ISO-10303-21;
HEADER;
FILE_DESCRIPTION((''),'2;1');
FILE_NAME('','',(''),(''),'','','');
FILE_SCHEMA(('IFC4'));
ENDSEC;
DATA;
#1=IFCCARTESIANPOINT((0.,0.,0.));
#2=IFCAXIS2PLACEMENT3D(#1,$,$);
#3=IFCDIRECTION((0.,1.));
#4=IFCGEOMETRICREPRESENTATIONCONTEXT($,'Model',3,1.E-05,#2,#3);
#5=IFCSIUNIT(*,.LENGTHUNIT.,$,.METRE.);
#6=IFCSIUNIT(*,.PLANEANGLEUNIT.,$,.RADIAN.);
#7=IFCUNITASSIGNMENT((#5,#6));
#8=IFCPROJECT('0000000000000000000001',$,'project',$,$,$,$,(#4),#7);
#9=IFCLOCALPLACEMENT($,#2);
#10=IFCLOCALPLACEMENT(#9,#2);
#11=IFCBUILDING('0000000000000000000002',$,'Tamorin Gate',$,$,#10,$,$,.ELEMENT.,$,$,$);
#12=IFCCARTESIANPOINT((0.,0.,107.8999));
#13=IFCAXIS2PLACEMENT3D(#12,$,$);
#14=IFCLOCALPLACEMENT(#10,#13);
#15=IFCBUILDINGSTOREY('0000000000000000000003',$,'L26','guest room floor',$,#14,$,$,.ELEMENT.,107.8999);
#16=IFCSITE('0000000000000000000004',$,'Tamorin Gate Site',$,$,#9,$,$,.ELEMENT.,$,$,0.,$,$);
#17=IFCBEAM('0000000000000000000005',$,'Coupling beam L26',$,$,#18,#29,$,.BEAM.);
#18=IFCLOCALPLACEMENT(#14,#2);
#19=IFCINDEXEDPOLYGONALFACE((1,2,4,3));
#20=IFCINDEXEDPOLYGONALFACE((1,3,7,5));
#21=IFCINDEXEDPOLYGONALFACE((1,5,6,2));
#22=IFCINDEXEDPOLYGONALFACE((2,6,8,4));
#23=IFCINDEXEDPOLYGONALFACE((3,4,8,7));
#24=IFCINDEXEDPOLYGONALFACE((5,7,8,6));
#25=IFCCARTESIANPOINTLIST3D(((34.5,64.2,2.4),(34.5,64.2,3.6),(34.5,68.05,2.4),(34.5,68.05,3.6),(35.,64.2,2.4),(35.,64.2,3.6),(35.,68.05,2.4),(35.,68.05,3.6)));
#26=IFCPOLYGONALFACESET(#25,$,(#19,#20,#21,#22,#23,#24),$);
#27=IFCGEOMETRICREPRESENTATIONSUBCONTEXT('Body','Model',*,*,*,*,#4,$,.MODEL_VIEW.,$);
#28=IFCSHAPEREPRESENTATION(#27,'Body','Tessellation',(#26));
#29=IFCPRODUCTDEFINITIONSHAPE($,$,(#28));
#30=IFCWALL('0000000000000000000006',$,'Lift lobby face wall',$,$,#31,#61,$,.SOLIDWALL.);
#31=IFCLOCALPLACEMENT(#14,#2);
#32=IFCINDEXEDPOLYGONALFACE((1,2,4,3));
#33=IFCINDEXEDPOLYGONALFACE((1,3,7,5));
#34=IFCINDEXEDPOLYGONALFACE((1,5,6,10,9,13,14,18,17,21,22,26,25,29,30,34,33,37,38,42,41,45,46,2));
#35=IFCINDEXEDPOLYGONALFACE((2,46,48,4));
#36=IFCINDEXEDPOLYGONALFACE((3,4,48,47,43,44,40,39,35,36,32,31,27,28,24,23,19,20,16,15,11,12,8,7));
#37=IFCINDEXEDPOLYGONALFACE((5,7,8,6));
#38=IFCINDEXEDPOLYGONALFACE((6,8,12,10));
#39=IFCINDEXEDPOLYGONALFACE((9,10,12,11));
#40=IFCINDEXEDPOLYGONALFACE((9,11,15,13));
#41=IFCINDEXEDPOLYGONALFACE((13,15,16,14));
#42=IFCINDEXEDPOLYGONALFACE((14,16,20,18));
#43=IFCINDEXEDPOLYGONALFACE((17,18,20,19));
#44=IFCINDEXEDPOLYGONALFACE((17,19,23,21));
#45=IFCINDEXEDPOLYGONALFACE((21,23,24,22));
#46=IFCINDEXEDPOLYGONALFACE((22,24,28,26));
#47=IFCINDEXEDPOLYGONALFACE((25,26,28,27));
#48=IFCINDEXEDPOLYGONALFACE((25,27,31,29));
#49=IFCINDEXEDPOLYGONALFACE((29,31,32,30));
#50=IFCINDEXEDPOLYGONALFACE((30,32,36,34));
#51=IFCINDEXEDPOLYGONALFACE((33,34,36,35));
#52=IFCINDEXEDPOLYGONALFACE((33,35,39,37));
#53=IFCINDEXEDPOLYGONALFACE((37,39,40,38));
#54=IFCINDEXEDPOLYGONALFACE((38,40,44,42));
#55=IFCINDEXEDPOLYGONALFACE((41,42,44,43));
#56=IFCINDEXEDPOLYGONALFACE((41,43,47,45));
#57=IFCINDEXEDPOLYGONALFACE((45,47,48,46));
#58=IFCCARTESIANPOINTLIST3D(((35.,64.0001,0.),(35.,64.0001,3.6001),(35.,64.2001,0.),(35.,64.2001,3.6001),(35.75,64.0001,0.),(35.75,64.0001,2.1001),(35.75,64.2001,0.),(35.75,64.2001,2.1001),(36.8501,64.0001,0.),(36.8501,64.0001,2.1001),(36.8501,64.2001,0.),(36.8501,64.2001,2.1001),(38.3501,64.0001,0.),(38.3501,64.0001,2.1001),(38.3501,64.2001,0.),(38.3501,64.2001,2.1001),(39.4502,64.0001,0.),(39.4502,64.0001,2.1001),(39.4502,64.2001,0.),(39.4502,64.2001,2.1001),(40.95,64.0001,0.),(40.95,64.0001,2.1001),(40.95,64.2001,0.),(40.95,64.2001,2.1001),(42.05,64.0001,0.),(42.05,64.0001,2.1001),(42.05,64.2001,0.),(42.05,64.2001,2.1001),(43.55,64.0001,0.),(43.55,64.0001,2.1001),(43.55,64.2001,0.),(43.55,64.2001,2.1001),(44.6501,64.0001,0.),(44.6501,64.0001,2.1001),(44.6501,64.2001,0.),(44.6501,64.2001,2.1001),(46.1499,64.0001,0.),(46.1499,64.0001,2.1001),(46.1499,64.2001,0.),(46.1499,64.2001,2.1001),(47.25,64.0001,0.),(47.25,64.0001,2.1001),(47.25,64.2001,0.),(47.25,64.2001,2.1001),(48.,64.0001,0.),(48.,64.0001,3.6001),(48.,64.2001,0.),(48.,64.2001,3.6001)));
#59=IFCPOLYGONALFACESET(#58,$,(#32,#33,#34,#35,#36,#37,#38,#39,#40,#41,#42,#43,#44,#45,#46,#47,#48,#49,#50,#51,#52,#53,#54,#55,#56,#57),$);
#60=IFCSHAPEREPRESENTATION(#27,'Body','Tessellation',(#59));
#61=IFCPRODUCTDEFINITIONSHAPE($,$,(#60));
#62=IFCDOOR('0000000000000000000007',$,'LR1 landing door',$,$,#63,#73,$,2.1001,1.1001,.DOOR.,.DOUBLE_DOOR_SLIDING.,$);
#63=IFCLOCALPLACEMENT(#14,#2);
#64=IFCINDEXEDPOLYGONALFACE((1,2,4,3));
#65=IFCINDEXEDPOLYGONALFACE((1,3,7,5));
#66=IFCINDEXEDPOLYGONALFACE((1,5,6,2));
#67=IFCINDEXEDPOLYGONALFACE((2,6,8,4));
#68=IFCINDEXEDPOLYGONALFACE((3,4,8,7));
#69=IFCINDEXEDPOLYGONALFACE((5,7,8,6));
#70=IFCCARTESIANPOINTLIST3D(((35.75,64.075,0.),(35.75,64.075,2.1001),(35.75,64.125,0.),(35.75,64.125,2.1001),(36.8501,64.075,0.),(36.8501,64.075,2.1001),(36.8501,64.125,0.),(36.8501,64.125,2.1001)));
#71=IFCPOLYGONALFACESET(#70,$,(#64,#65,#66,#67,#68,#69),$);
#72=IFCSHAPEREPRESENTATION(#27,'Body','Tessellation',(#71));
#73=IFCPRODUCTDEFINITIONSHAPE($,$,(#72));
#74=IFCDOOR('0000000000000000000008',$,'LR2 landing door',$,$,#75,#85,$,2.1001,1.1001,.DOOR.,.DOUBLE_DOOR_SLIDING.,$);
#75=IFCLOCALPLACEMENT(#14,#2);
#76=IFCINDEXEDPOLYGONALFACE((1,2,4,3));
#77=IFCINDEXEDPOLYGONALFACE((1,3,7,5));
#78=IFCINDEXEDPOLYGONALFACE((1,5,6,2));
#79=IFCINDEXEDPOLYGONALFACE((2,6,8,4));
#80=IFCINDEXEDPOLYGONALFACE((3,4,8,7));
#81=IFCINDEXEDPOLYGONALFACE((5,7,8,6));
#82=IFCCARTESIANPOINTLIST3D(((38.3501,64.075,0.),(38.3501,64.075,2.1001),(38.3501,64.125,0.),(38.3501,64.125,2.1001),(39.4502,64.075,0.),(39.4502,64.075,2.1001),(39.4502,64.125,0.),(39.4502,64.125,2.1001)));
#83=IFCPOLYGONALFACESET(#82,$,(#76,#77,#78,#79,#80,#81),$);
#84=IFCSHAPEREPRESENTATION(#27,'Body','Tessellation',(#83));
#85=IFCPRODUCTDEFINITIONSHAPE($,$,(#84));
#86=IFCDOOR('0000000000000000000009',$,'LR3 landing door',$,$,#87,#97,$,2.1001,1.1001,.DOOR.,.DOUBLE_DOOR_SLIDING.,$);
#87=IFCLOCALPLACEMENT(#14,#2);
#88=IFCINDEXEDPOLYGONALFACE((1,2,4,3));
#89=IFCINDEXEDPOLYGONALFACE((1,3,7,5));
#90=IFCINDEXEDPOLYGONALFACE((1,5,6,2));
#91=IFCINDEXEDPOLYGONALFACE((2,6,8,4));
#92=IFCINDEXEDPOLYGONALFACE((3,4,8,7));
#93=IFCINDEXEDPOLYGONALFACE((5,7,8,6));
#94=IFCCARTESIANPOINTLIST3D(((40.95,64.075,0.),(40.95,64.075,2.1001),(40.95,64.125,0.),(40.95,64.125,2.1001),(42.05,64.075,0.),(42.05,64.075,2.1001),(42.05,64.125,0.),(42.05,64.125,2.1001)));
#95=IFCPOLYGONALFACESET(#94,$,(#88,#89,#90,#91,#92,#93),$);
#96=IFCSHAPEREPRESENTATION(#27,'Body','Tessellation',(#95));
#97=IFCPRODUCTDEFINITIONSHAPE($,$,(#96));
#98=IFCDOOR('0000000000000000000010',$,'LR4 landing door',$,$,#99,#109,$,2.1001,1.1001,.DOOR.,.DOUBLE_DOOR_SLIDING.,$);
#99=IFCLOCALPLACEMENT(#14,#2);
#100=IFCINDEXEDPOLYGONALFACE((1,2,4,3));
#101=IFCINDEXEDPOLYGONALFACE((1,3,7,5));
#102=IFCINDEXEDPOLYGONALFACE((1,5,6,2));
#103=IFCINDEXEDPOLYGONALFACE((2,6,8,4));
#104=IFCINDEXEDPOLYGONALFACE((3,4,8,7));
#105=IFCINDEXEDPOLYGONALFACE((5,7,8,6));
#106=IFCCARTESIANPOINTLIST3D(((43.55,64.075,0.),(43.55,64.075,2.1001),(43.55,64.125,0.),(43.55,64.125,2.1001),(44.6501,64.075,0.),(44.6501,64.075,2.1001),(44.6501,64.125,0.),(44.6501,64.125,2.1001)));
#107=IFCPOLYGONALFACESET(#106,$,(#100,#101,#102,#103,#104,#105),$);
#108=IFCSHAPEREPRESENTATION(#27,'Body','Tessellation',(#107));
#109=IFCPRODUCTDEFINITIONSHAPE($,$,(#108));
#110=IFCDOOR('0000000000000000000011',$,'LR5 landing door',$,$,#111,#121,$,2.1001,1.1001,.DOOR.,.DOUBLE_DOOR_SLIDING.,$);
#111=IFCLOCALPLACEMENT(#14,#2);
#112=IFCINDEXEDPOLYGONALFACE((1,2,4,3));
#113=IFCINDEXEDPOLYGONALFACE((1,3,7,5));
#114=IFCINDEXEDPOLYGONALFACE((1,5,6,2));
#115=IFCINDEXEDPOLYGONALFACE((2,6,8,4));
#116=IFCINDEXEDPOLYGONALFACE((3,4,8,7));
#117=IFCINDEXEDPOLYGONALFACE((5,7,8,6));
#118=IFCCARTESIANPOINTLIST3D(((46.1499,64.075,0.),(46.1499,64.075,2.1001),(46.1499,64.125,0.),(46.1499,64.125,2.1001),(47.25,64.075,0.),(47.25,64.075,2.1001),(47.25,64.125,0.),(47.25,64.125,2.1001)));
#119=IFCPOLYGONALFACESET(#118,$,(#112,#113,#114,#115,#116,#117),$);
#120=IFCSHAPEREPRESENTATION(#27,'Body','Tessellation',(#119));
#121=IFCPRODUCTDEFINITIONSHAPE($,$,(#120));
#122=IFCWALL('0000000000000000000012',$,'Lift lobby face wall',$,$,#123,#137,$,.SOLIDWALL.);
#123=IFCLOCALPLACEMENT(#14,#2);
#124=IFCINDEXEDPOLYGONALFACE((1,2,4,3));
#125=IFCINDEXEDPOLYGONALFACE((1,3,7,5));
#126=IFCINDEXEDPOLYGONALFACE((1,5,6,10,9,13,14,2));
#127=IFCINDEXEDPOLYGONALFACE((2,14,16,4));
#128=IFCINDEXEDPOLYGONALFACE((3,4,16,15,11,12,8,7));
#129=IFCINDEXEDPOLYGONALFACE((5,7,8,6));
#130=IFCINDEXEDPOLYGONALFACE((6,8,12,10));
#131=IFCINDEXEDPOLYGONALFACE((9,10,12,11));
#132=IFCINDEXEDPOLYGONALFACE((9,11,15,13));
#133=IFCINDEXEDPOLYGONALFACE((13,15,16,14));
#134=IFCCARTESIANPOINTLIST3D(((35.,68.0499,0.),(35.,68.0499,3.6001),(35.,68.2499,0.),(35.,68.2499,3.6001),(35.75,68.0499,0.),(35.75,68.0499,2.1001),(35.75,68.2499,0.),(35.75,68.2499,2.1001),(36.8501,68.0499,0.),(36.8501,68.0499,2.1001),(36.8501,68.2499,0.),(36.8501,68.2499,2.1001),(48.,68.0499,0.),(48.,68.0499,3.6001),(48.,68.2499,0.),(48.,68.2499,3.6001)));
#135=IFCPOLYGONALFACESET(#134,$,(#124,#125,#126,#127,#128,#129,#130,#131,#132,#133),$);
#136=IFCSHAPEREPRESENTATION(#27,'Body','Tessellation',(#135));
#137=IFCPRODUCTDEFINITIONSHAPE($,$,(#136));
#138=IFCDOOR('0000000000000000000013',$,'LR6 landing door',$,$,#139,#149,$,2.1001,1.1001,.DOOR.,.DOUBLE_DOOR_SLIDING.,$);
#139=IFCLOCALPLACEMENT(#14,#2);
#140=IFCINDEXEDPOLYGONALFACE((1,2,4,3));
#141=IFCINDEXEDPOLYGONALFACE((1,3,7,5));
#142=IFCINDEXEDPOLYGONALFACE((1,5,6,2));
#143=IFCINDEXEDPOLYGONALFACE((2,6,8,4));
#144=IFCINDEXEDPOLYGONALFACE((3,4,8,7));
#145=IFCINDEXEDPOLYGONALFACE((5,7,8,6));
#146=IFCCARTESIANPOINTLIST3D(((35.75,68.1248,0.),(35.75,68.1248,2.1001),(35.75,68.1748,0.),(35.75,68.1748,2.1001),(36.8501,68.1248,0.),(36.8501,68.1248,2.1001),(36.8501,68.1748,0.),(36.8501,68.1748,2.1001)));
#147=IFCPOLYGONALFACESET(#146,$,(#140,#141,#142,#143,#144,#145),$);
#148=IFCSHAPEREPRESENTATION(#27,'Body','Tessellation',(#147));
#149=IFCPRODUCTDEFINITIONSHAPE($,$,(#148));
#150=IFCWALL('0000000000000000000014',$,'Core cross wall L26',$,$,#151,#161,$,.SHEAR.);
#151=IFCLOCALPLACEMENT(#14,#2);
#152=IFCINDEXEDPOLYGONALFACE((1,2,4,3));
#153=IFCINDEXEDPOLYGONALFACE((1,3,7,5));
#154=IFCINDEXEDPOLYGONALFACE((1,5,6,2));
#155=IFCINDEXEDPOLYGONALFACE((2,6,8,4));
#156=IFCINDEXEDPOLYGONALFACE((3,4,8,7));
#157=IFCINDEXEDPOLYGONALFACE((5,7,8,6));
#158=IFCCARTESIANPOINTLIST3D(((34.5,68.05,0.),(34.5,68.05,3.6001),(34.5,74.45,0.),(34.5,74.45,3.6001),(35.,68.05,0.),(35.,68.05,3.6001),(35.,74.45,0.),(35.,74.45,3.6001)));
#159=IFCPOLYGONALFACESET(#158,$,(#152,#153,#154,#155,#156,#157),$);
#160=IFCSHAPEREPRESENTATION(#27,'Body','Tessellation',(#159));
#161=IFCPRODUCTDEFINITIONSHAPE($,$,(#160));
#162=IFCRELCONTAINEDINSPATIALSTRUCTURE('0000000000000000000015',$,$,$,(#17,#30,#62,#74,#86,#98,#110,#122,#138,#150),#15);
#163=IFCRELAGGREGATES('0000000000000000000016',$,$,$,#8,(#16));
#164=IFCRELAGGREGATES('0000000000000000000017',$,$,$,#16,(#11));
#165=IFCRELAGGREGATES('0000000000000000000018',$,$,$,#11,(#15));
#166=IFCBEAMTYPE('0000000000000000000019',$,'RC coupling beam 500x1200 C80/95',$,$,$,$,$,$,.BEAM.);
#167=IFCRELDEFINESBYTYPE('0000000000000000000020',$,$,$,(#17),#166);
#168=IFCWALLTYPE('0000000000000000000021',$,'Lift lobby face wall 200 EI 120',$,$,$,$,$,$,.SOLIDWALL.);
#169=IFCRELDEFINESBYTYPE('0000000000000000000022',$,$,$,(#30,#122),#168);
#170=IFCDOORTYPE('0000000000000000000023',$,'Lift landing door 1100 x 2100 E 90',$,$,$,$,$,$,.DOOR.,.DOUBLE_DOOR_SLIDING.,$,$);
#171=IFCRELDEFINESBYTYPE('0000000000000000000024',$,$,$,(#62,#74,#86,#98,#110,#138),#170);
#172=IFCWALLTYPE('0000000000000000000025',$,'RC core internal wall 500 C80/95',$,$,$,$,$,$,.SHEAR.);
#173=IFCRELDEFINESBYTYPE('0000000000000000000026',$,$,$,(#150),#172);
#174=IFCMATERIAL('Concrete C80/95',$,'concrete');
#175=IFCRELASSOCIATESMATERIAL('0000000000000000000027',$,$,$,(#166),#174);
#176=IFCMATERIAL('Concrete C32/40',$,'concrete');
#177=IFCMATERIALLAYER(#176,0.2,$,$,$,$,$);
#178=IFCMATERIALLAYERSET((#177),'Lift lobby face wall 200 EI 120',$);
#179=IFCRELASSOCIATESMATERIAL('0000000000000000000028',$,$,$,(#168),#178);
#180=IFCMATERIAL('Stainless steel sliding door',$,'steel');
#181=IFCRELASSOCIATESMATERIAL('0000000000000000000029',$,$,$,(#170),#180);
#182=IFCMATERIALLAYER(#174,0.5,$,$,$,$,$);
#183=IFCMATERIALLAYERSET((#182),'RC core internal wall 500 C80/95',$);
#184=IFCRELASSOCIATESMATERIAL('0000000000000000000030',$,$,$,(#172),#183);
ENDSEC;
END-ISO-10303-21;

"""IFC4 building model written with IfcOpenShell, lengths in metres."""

from ifc_helpers import new_model, si_unit, direction, frame, frame_2d, origin, origin_2d, place, context, subcontext, project, spatial, rectangle, extrude, material, layer, layer_set, material_profile, profile_set, type_object, element, fill, save


model = new_model("IFC4")

# Units and contexts
model_context = context("Model", 3, precision=1e-05, world=origin(), true_north=direction((0.0, 1.0)))
body_context = subcontext(model_context, "Body", "Model", "MODEL_VIEW")
ifc_project = project(units=[si_unit("LENGTHUNIT", "METRE"), si_unit("PLANEANGLEUNIT", "RADIAN")], contexts=[model_context])

# Site, building, storey
site_placement = place(None, origin())
site = spatial("IfcSite", under=ifc_project, at=site_placement, Name="Tamorin Gate Site", CompositionType="ELEMENT", RefElevation=0.0)
building_placement = place(site_placement, origin())
building = spatial("IfcBuilding", under=site, at=building_placement, Name="Tamorin Gate", CompositionType="ELEMENT")
storey_placement = place(building_placement, frame((0.0, 0.0, 107.8999)))
storey = spatial("IfcBuildingStorey", under=building, at=storey_placement, Name="L26", Description="guest room floor", CompositionType="ELEMENT", Elevation=107.8999)

# Beam
ifc_material_1 = material(Name="Concrete C80/95", Category="concrete")
ifc_material_profile = material_profile(ifc_material_1, rectangle(XDim=0.5, YDim=1.2, at=origin_2d()), Name="RC 500x1200")
ifc_profile_set = profile_set([ifc_material_profile], Name="Concrete C80/95")
beam_type = type_object("IfcBeamType", Name="RC coupling beam 500x1200 C80/95", PredefinedType="BEAM", material=ifc_profile_set)
beam_placement = place(storey_placement, frame((34.75, 64.2, 3.0), z_axis=(0.0, 1.0, 0.0), x_axis=(-1.0, 0.0, 0.0)))
element("IfcBeam", 1, at=beam_placement, inside=storey, type_object=beam_type, Name="Coupling beam L26", PredefinedType="BEAM", context=body_context, shape_type="SweptSolid", body=[
    extrude(rectangle(XDim=0.5, YDim=1.2, at=origin_2d()), origin(), (0.0, 0.0, 1.0), 3.8501),
])

# Wall, openings, doors
ifc_material_2 = material(Name="Concrete C32/40", Category="concrete")
ifc_layer_1 = layer(ifc_material_2, 0.2)
ifc_layer_set_1 = layer_set([ifc_layer_1], Name="Lift lobby face wall 200 EI 120")
wall_type_1 = type_object("IfcWallType", Name="Lift lobby face wall 200 EI 120", PredefinedType="SOLIDWALL", material=ifc_layer_set_1)
wall_1_placement = place(storey_placement, frame((35.0, 64.1001, 0.0), z_axis=(0.0, 0.0, 1.0), x_axis=(1.0, 0.0, 0.0)))
wall_1 = element("IfcWall", 2, at=wall_1_placement, inside=storey, type_object=wall_type_1, Name="Lift lobby face wall", PredefinedType="SOLIDWALL", context=body_context, shape_type="SweptSolid", body=[
    extrude(rectangle(XDim=13.0, YDim=0.2, at=frame_2d((6.5, 0.0))), origin(), (0.0, 0.0, 1.0), 3.6001),
])
opening_1_placement = place(wall_1_placement, frame((0.75, 0.0, 0.0)))
opening_1 = element("IfcOpeningElement", 3, at=opening_1_placement, cuts=wall_1, PredefinedType="OPENING", context=body_context, shape_type="SweptSolid", body=[
    extrude(rectangle(XDim=1.1001, YDim=2.1001, at=frame_2d((0.55, 1.05))), frame((0.0, 0.1099, 0.0), z_axis=(0.0, -1.0, 0.0), x_axis=(1.0, 0.0, 0.0)), (0.0, 0.0, 1.0), 0.22),
])
opening_2_placement = place(wall_1_placement, frame((3.3501, 0.0, 0.0)))
opening_2 = element("IfcOpeningElement", 4, at=opening_2_placement, cuts=wall_1, PredefinedType="OPENING", context=body_context, shape_type="SweptSolid", body=[
    extrude(rectangle(XDim=1.1001, YDim=2.1001, at=frame_2d((0.55, 1.05))), frame((0.0, 0.1099, 0.0), z_axis=(0.0, -1.0, 0.0), x_axis=(1.0, 0.0, 0.0)), (0.0, 0.0, 1.0), 0.22),
])
opening_3_placement = place(wall_1_placement, frame((5.95, 0.0, 0.0)))
opening_3 = element("IfcOpeningElement", 5, at=opening_3_placement, cuts=wall_1, PredefinedType="OPENING", context=body_context, shape_type="SweptSolid", body=[
    extrude(rectangle(XDim=1.1001, YDim=2.1001, at=frame_2d((0.55, 1.05))), frame((0.0, 0.1099, 0.0), z_axis=(0.0, -1.0, 0.0), x_axis=(1.0, 0.0, 0.0)), (0.0, 0.0, 1.0), 0.22),
])
opening_4_placement = place(wall_1_placement, frame((8.55, 0.0, 0.0)))
opening_4 = element("IfcOpeningElement", 6, at=opening_4_placement, cuts=wall_1, PredefinedType="OPENING", context=body_context, shape_type="SweptSolid", body=[
    extrude(rectangle(XDim=1.1001, YDim=2.1001, at=frame_2d((0.55, 1.05))), frame((0.0, 0.1099, 0.0), z_axis=(0.0, -1.0, 0.0), x_axis=(1.0, 0.0, 0.0)), (0.0, 0.0, 1.0), 0.22),
])
opening_5_placement = place(wall_1_placement, frame((11.1499, 0.0, 0.0)))
opening_5 = element("IfcOpeningElement", 7, at=opening_5_placement, cuts=wall_1, PredefinedType="OPENING", context=body_context, shape_type="SweptSolid", body=[
    extrude(rectangle(XDim=1.1001, YDim=2.1001, at=frame_2d((0.55, 1.05))), frame((0.0, 0.1099, 0.0), z_axis=(0.0, -1.0, 0.0), x_axis=(1.0, 0.0, 0.0)), (0.0, 0.0, 1.0), 0.22),
])
ifc_material_3 = material(Name="Stainless steel sliding door", Category="steel")
door_type_1 = type_object("IfcDoorType", Name="Lift landing door 1100 x 2100 E 90", OperationType="DOUBLE_DOOR_SLIDING", PredefinedType="DOOR", material=ifc_material_3)
door_1_placement = place(opening_1_placement, origin())
door_1 = element("IfcDoor", 8, at=door_1_placement, inside=storey, type_object=door_type_1, Name="LR1 landing door", OperationType="DOUBLE_DOOR_SLIDING", OverallHeight=2.1001, OverallWidth=1.1001, PredefinedType="DOOR", context=body_context, shape_type="SweptSolid", body=[
    extrude(rectangle(XDim=1.1001, YDim=2.1001, at=frame_2d((0.55, 1.05))), frame((0.0, 0.0249, 0.0), z_axis=(0.0, -1.0, 0.0), x_axis=(1.0, 0.0, 0.0)), (0.0, 0.0, 1.0), 0.05),
])
fill(opening_1, door_1)
door_2_placement = place(opening_2_placement, origin())
door_2 = element("IfcDoor", 9, at=door_2_placement, inside=storey, type_object=door_type_1, Name="LR2 landing door", OperationType="DOUBLE_DOOR_SLIDING", OverallHeight=2.1001, OverallWidth=1.1001, PredefinedType="DOOR", context=body_context, shape_type="SweptSolid", body=[
    extrude(rectangle(XDim=1.1001, YDim=2.1001, at=frame_2d((0.55, 1.05))), frame((0.0, 0.0249, 0.0), z_axis=(0.0, -1.0, 0.0), x_axis=(1.0, 0.0, 0.0)), (0.0, 0.0, 1.0), 0.05),
])
fill(opening_2, door_2)
door_3_placement = place(opening_3_placement, origin())
door_3 = element("IfcDoor", 10, at=door_3_placement, inside=storey, type_object=door_type_1, Name="LR3 landing door", OperationType="DOUBLE_DOOR_SLIDING", OverallHeight=2.1001, OverallWidth=1.1001, PredefinedType="DOOR", context=body_context, shape_type="SweptSolid", body=[
    extrude(rectangle(XDim=1.1001, YDim=2.1001, at=frame_2d((0.55, 1.05))), frame((0.0, 0.0249, 0.0), z_axis=(0.0, -1.0, 0.0), x_axis=(1.0, 0.0, 0.0)), (0.0, 0.0, 1.0), 0.05),
])
fill(opening_3, door_3)
door_4_placement = place(opening_4_placement, origin())
door_4 = element("IfcDoor", 11, at=door_4_placement, inside=storey, type_object=door_type_1, Name="LR4 landing door", OperationType="DOUBLE_DOOR_SLIDING", OverallHeight=2.1001, OverallWidth=1.1001, PredefinedType="DOOR", context=body_context, shape_type="SweptSolid", body=[
    extrude(rectangle(XDim=1.1001, YDim=2.1001, at=frame_2d((0.55, 1.05))), frame((0.0, 0.0249, 0.0), z_axis=(0.0, -1.0, 0.0), x_axis=(1.0, 0.0, 0.0)), (0.0, 0.0, 1.0), 0.05),
])
fill(opening_4, door_4)
door_5_placement = place(opening_5_placement, origin())
door_5 = element("IfcDoor", 12, at=door_5_placement, inside=storey, type_object=door_type_1, Name="LR5 landing door", OperationType="DOUBLE_DOOR_SLIDING", OverallHeight=2.1001, OverallWidth=1.1001, PredefinedType="DOOR", context=body_context, shape_type="SweptSolid", body=[
    extrude(rectangle(XDim=1.1001, YDim=2.1001, at=frame_2d((0.55, 1.05))), frame((0.0, 0.0249, 0.0), z_axis=(0.0, -1.0, 0.0), x_axis=(1.0, 0.0, 0.0)), (0.0, 0.0, 1.0), 0.05),
])
fill(opening_5, door_5)

# Wall, opening, door
wall_2_placement = place(storey_placement, frame((35.0, 68.1499, 0.0), z_axis=(0.0, 0.0, 1.0), x_axis=(1.0, 0.0, 0.0)))
wall_2 = element("IfcWall", 13, at=wall_2_placement, inside=storey, type_object=wall_type_1, Name="Lift lobby face wall", PredefinedType="SOLIDWALL", context=body_context, shape_type="SweptSolid", body=[
    extrude(rectangle(XDim=13.0, YDim=0.2, at=frame_2d((6.5, 0.0))), origin(), (0.0, 0.0, 1.0), 3.6001),
])
opening_6_placement = place(wall_2_placement, frame((0.75, 0.0, 0.0)))
opening_6 = element("IfcOpeningElement", 14, at=opening_6_placement, cuts=wall_2, PredefinedType="OPENING", context=body_context, shape_type="SweptSolid", body=[
    extrude(rectangle(XDim=1.1001, YDim=2.1001, at=frame_2d((0.55, 1.05))), frame((0.0, 0.1099, 0.0), z_axis=(0.0, -1.0, 0.0), x_axis=(1.0, 0.0, 0.0)), (0.0, 0.0, 1.0), 0.22),
])
door_6_placement = place(opening_6_placement, origin())
door_6 = element("IfcDoor", 15, at=door_6_placement, inside=storey, type_object=door_type_1, Name="LR6 landing door", OperationType="DOUBLE_DOOR_SLIDING", OverallHeight=2.1001, OverallWidth=1.1001, PredefinedType="DOOR", context=body_context, shape_type="SweptSolid", body=[
    extrude(rectangle(XDim=1.1001, YDim=2.1001, at=frame_2d((0.55, 1.05))), frame((0.0, 0.0249, 0.0), z_axis=(0.0, -1.0, 0.0), x_axis=(1.0, 0.0, 0.0)), (0.0, 0.0, 1.0), 0.05),
])
fill(opening_6, door_6)

# Wall
ifc_layer_2 = layer(ifc_material_1, 0.5)
ifc_layer_set_2 = layer_set([ifc_layer_2], Name="RC core internal wall 500 C80/95")
wall_type_2 = type_object("IfcWallType", Name="RC core internal wall 500 C80/95", PredefinedType="SHEAR", material=ifc_layer_set_2)
wall_3_placement = place(storey_placement, frame((34.75, 68.05, 0.0), z_axis=(0.0, 0.0, 1.0), x_axis=(0.0, 1.0, 0.0)))
element("IfcWall", 16, at=wall_3_placement, inside=storey, type_object=wall_type_2, Name="Core cross wall L26", PredefinedType="SHEAR", context=body_context, shape_type="SweptSolid", body=[
    extrude(rectangle(XDim=6.3999, YDim=0.5, at=frame_2d((3.2, 0.0))), origin(), (0.0, 0.0, 1.0), 3.6001),
])

save(model, "model.ifc")
